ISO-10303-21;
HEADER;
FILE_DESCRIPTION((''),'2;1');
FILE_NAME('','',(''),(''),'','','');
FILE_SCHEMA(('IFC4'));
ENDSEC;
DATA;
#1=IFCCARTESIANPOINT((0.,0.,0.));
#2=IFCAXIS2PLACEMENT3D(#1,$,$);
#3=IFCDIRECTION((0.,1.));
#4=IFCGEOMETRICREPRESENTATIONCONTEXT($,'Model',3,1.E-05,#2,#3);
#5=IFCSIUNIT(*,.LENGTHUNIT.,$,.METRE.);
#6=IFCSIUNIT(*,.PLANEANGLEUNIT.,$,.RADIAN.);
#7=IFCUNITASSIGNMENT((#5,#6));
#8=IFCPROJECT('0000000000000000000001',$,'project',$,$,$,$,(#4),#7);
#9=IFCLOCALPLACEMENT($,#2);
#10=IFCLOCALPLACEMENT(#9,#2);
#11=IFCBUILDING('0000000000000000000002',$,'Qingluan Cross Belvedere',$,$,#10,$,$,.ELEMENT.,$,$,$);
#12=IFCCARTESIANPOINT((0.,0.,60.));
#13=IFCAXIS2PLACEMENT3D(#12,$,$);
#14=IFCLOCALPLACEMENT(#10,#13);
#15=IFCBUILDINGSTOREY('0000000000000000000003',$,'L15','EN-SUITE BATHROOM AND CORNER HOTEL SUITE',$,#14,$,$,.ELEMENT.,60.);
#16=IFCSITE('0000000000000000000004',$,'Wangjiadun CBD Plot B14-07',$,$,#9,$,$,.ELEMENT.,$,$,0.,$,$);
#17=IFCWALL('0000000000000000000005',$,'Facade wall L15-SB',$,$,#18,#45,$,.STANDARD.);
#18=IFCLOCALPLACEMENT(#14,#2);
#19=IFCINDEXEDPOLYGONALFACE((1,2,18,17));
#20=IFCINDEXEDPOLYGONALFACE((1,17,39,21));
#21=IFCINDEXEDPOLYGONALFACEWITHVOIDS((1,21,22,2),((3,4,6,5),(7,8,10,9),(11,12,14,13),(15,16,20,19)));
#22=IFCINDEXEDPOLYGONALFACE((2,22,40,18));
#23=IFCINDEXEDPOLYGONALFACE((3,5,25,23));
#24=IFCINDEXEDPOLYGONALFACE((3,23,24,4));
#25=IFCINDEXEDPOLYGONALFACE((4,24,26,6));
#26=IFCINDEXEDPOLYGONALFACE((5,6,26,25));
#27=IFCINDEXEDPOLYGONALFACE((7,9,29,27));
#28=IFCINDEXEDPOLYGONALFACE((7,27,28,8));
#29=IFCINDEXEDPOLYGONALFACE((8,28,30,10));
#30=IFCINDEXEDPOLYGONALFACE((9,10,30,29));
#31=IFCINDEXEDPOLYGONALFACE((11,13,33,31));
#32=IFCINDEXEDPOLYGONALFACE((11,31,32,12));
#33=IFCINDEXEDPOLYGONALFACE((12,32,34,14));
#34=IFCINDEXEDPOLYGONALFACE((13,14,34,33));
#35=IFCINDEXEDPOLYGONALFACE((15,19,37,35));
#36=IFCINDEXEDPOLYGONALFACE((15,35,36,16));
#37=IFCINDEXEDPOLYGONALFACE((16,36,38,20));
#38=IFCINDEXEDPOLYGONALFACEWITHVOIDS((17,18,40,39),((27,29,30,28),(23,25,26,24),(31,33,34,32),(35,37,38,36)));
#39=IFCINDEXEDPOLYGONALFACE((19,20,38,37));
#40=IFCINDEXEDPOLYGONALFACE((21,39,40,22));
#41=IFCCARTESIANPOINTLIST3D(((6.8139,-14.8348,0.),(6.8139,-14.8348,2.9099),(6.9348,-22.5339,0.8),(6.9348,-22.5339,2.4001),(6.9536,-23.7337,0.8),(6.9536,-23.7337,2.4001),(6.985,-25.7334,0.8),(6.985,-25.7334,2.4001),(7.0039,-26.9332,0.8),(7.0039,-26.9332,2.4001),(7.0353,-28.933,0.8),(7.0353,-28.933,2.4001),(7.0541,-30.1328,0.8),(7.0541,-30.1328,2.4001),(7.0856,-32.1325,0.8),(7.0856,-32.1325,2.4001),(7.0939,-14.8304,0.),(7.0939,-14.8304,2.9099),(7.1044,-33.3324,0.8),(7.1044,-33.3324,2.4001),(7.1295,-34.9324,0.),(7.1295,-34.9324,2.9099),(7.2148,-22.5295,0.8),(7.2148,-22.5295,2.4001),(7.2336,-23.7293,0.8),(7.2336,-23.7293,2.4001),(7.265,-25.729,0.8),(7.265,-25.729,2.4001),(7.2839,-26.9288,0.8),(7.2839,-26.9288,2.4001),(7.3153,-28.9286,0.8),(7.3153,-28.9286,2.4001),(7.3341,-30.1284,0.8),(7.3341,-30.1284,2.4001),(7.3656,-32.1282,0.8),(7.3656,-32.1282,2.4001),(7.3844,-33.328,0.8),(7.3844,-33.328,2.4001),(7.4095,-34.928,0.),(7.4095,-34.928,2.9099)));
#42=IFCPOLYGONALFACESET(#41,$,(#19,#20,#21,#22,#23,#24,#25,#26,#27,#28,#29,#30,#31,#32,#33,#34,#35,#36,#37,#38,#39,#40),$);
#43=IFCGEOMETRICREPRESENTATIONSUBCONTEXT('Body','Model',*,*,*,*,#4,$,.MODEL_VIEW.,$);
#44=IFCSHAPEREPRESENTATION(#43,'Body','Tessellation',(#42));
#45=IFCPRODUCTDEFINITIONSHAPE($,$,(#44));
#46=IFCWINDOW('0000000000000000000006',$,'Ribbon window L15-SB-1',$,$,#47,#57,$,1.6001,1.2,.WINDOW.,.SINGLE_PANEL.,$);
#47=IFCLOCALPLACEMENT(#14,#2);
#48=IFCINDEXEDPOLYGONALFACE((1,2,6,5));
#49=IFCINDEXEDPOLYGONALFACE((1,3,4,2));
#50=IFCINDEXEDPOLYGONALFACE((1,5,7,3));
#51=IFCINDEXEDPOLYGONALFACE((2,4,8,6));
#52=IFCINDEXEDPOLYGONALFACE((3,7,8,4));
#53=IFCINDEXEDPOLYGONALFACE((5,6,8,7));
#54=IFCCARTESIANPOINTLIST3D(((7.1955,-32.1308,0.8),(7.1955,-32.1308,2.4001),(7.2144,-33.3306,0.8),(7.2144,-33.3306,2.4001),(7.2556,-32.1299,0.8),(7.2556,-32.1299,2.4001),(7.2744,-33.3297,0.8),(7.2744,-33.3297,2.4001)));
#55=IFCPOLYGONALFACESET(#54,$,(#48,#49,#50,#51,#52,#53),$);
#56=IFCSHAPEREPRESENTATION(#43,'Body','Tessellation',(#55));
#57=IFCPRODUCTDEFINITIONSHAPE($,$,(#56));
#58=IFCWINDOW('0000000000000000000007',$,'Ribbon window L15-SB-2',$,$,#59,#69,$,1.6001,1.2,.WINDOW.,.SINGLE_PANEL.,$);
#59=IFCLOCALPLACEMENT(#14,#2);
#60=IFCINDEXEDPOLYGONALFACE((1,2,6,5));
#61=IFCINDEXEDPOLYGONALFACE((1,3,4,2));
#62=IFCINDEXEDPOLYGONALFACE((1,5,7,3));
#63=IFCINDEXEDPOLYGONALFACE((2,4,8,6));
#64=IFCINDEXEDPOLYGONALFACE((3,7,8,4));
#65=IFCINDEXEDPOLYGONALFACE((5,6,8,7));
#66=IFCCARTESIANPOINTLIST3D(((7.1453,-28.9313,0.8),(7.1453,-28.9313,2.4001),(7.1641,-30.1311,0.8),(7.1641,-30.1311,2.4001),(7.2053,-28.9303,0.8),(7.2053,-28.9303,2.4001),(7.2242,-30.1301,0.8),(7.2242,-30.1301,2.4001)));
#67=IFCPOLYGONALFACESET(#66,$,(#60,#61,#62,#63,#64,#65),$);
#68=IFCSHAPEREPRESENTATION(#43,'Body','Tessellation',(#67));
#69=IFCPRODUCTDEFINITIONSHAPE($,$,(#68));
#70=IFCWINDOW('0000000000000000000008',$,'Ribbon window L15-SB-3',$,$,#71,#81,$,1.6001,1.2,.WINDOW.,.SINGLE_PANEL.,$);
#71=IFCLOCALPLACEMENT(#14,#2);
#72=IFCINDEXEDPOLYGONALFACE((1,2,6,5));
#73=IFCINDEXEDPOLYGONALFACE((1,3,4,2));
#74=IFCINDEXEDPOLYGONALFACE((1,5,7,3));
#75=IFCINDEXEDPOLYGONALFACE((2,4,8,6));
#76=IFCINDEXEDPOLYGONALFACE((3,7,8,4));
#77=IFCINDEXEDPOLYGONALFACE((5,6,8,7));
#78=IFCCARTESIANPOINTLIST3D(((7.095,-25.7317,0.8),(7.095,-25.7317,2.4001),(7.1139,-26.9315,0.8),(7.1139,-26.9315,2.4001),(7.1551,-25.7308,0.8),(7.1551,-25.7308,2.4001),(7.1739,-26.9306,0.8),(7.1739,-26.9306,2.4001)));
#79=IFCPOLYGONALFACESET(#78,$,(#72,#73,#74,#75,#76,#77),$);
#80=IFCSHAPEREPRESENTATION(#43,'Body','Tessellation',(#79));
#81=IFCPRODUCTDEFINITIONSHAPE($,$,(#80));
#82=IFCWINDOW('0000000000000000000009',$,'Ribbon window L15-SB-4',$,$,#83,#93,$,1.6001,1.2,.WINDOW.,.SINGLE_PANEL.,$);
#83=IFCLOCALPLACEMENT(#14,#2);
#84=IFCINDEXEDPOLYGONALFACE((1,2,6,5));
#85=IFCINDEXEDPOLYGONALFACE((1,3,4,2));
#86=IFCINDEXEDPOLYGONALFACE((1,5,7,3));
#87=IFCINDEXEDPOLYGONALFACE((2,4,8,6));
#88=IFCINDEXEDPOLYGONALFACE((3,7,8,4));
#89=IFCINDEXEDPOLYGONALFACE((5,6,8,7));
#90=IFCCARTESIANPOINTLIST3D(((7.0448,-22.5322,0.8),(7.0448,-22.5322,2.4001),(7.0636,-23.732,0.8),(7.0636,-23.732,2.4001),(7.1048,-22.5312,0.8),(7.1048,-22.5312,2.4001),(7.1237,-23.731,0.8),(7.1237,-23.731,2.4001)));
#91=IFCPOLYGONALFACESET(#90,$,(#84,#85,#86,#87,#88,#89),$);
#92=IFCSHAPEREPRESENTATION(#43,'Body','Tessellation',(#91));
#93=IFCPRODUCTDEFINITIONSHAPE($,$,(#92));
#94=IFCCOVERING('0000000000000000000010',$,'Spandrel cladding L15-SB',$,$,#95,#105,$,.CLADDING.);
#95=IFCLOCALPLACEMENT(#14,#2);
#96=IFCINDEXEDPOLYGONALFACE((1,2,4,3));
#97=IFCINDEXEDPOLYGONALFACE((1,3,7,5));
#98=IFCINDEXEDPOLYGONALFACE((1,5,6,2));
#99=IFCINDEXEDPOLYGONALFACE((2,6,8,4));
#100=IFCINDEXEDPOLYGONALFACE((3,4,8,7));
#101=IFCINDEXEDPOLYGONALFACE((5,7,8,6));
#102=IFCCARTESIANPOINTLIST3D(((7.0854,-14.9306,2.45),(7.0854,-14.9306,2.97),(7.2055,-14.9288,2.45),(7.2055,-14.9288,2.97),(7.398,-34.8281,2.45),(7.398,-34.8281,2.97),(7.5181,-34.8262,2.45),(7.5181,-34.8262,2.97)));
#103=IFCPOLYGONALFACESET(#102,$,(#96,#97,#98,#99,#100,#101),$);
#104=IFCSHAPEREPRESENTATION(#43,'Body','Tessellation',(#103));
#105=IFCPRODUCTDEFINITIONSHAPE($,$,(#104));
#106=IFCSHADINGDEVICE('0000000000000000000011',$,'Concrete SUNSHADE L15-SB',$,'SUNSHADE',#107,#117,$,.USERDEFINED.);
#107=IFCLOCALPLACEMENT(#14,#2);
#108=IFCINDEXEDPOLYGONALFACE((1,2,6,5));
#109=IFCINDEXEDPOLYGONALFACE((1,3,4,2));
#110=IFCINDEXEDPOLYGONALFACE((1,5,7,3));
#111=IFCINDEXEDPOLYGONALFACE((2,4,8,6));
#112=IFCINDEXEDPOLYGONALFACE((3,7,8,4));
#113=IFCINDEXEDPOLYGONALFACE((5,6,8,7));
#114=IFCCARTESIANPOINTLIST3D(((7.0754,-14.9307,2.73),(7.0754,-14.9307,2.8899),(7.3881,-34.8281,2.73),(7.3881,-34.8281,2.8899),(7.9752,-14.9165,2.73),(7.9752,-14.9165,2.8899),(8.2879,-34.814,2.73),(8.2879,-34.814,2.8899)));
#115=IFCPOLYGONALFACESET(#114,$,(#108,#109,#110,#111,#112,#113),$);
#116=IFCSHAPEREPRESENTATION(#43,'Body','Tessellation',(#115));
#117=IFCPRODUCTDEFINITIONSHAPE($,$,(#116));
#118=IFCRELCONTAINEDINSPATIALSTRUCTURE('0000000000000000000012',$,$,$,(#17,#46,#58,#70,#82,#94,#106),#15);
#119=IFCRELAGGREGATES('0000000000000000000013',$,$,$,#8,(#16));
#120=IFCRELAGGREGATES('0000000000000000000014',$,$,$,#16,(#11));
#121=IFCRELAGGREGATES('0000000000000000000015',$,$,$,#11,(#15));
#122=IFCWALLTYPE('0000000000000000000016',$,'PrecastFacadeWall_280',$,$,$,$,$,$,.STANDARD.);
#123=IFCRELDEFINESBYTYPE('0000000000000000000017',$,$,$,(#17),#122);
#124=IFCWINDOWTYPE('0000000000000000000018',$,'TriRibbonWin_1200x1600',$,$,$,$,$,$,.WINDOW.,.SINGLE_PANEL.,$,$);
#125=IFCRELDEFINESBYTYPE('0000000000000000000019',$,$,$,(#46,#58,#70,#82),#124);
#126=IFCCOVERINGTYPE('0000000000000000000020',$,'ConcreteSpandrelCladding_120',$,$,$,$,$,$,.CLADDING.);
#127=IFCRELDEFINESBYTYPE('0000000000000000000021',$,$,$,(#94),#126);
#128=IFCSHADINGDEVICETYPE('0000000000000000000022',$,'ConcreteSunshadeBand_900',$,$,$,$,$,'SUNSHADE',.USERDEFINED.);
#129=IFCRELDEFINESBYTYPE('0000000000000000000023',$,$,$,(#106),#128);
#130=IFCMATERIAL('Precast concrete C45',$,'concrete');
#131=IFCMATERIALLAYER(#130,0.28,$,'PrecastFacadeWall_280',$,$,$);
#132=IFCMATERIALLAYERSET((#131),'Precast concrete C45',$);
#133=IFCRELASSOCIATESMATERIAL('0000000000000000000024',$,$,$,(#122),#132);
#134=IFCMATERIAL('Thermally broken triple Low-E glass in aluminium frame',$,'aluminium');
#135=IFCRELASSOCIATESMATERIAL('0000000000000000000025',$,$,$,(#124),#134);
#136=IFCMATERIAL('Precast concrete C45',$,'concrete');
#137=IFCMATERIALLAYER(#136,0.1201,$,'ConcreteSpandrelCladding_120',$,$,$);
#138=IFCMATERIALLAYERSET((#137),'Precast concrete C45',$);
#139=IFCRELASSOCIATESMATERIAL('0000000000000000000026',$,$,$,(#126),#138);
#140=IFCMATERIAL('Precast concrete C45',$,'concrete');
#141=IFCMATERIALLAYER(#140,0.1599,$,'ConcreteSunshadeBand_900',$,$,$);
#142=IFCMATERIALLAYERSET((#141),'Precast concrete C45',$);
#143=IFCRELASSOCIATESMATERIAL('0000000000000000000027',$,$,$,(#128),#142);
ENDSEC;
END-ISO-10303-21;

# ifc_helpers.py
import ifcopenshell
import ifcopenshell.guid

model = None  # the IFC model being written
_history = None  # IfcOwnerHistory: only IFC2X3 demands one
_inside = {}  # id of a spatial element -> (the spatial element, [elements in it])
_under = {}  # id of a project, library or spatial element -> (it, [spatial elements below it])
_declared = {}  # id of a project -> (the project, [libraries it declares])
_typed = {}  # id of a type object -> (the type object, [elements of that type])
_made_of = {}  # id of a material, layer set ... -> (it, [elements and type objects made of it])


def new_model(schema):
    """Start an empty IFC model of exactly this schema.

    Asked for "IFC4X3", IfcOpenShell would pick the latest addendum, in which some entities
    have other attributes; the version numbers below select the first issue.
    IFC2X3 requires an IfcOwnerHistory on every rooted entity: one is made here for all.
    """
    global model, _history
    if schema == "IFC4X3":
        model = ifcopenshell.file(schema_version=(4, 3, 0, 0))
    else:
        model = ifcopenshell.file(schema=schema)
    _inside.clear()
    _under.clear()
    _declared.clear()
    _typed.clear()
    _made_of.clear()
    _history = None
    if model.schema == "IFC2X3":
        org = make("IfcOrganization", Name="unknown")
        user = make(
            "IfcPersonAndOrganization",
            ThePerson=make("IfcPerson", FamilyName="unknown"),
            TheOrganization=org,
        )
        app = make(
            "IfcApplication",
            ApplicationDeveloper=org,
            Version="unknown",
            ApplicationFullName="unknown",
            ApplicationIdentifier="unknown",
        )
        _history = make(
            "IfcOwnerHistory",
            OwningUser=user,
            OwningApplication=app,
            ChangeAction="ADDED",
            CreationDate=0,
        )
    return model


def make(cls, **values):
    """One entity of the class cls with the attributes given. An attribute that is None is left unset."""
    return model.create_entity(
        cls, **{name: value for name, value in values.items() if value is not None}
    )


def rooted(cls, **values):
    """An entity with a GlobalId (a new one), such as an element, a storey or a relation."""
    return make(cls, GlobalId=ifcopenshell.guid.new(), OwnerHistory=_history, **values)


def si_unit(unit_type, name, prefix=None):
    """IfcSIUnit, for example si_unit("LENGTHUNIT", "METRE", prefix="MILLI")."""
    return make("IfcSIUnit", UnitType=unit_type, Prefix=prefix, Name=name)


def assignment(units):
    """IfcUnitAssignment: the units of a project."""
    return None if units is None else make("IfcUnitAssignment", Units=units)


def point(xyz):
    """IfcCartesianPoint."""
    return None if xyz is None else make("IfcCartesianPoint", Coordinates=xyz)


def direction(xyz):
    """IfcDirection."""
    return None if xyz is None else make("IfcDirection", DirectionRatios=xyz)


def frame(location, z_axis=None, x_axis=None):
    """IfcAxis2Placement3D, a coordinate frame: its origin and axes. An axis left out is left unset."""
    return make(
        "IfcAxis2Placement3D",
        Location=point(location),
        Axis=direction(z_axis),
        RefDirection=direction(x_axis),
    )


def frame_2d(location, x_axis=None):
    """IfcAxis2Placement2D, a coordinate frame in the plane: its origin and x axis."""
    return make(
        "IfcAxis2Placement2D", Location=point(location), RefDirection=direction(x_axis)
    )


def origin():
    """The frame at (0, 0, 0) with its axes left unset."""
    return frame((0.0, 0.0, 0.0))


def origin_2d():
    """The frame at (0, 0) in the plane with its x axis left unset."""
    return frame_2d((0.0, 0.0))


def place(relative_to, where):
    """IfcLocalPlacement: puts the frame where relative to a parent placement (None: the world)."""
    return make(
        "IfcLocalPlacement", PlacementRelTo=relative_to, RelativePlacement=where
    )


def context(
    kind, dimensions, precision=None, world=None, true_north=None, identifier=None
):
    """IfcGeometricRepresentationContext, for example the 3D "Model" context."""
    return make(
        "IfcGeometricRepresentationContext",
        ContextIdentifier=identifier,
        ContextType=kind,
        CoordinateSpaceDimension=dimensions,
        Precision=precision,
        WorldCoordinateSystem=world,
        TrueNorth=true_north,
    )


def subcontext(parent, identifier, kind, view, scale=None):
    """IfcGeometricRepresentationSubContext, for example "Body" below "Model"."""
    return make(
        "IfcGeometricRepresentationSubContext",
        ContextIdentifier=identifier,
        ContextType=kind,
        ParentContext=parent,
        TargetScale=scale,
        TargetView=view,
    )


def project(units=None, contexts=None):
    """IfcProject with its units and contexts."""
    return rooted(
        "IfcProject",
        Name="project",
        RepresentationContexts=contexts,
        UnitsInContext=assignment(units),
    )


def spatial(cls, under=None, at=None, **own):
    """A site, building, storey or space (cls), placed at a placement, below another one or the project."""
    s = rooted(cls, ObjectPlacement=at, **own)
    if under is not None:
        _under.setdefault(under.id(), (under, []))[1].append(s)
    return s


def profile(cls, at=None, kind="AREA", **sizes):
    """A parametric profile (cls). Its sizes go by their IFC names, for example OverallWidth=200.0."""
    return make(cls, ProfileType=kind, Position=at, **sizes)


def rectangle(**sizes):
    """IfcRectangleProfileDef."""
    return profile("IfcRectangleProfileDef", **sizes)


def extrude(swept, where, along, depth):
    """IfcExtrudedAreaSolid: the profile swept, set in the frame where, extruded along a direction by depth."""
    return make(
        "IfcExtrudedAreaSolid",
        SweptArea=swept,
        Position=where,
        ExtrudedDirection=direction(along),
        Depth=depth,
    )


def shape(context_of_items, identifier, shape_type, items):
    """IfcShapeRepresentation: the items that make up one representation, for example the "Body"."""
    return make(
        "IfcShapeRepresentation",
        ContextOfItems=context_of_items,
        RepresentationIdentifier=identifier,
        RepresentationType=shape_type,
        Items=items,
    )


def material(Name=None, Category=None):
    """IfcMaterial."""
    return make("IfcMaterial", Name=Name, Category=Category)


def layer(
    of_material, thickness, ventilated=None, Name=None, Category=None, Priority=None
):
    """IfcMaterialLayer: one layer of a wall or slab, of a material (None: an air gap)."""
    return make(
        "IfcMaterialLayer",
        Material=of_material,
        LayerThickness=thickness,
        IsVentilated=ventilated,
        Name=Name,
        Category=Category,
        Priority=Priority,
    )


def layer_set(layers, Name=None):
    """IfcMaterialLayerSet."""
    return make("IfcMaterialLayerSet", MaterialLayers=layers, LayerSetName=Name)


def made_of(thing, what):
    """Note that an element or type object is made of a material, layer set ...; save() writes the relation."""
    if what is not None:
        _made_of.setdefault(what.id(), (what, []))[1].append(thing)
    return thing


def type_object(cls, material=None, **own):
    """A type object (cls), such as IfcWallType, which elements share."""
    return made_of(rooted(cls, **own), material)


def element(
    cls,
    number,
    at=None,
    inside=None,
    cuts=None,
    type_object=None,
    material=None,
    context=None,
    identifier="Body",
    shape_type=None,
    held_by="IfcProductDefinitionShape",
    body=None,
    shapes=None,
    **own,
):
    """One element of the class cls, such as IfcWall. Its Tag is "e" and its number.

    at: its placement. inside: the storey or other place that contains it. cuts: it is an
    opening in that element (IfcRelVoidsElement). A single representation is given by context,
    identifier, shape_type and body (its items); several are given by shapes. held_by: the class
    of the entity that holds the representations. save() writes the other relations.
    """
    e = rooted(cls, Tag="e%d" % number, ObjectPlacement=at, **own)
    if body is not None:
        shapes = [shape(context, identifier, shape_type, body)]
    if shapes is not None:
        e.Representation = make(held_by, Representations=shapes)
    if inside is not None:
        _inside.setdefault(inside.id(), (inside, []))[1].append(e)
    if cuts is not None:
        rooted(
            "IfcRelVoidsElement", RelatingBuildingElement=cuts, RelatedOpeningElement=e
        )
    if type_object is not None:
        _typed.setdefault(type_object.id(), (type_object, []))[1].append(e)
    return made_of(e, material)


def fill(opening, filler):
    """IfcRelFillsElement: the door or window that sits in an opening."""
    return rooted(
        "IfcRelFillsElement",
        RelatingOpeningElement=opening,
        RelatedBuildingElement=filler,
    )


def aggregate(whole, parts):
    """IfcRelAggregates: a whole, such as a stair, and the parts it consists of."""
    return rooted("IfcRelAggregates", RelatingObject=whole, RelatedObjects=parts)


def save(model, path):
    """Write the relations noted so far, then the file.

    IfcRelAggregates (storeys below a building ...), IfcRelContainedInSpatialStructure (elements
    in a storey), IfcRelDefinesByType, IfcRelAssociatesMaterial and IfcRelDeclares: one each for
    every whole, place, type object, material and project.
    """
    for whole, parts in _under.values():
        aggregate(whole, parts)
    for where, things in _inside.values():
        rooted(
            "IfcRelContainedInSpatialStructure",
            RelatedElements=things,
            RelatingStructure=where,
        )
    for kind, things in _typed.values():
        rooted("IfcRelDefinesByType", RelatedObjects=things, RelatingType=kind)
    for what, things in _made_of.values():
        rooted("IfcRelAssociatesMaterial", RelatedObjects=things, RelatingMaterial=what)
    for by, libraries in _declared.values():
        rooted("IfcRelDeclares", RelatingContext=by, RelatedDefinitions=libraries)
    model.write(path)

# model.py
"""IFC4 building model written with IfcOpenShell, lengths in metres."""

from ifc_helpers import new_model, si_unit, direction, frame, frame_2d, origin, origin_2d, place, context, subcontext, project, spatial, rectangle, extrude, material, layer, layer_set, type_object, element, fill, save


model = new_model("IFC4")

# Units and contexts
model_context = context("Model", 3, precision=1e-05, world=origin(), true_north=direction((0.0, 1.0)))
body_context = subcontext(model_context, "Body", "Model", "MODEL_VIEW")
ifc_project = project(units=[si_unit("LENGTHUNIT", "METRE"), si_unit("PLANEANGLEUNIT", "RADIAN")], contexts=[model_context])

# Site, building, storey
site_placement = place(None, origin())
site = spatial("IfcSite", under=ifc_project, at=site_placement, Name="Wangjiadun CBD Plot B14-07", CompositionType="ELEMENT", RefElevation=0.0)
building_placement = place(site_placement, origin())
building = spatial("IfcBuilding", under=site, at=building_placement, Name="Qingluan Cross Belvedere", CompositionType="ELEMENT")
storey_placement = place(building_placement, frame((0.0, 0.0, 60.0)))
storey = spatial("IfcBuildingStorey", under=building, at=storey_placement, Name="L15", Description="EN-SUITE BATHROOM AND CORNER HOTEL SUITE", CompositionType="ELEMENT", Elevation=60.0)

# Wall, openings, windows
ifc_material_1 = material(Name="Precast concrete C45", Category="concrete")
ifc_layer_1 = layer(ifc_material_1, 0.28, Name="PrecastFacadeWall_280")
ifc_layer_set_1 = layer_set([ifc_layer_1], Name="Precast concrete C45")
wall_type_1 = type_object("IfcWallType", Name="PrecastFacadeWall_280", PredefinedType="STANDARD", material=ifc_layer_set_1)
wall_1_placement = place(storey_placement, frame((7.2695, -34.9302, 0.0), z_axis=(0.0, 0.0, 1.0), x_axis=(-0.015705, 0.999877, 0.0)))
wall_1 = element("IfcWall", 1, at=wall_1_placement, inside=storey, type_object=wall_type_1, Name="Facade wall L15-SB", PredefinedType="STANDARD", context=body_context, shape_type="SweptSolid", body=[
    extrude(rectangle(XDim=20.1001, YDim=0.28, at=frame_2d((10.05, 0.0))), origin(), (0.0, 0.0, 1.0), 2.9099),
])
opening_1_placement = place(wall_1_placement, frame((1.6001, 0.0, 0.8)))
opening_1 = element("IfcOpeningElement", 2, at=opening_1_placement, cuts=wall_1, PredefinedType="OPENING", context=body_context, shape_type="SweptSolid", body=[
    extrude(rectangle(XDim=1.2, YDim=1.6001, at=frame_2d((0.6001, 0.8))), frame((0.0, 0.1499, 0.0), z_axis=(0.0, -1.0, 0.0), x_axis=(1.0, 0.0, 0.0)), (0.0, 0.0, 1.0), 0.3),
])
opening_2_placement = place(wall_1_placement, frame((4.8, 0.0, 0.8)))
opening_2 = element("IfcOpeningElement", 3, at=opening_2_placement, cuts=wall_1, PredefinedType="OPENING", context=body_context, shape_type="SweptSolid", body=[
    extrude(rectangle(XDim=1.2, YDim=1.6001, at=frame_2d((0.6001, 0.8))), frame((0.0, 0.1499, 0.0), z_axis=(0.0, -1.0, 0.0), x_axis=(1.0, 0.0, 0.0)), (0.0, 0.0, 1.0), 0.3),
])
opening_3_placement = place(wall_1_placement, frame((8.0, 0.0, 0.8)))
opening_3 = element("IfcOpeningElement", 4, at=opening_3_placement, cuts=wall_1, PredefinedType="OPENING", context=body_context, shape_type="SweptSolid", body=[
    extrude(rectangle(XDim=1.2, YDim=1.6001, at=frame_2d((0.6001, 0.8))), frame((0.0, 0.1499, 0.0), z_axis=(0.0, -1.0, 0.0), x_axis=(1.0, 0.0, 0.0)), (0.0, 0.0, 1.0), 0.3),
])
opening_4_placement = place(wall_1_placement, frame((11.2, 0.0, 0.8)))
opening_4 = element("IfcOpeningElement", 5, at=opening_4_placement, cuts=wall_1, PredefinedType="OPENING", context=body_context, shape_type="SweptSolid", body=[
    extrude(rectangle(XDim=1.2, YDim=1.6001, at=frame_2d((0.6001, 0.8))), frame((0.0, 0.1499, 0.0), z_axis=(0.0, -1.0, 0.0), x_axis=(1.0, 0.0, 0.0)), (0.0, 0.0, 1.0), 0.3),
])
ifc_material_2 = material(Name="Thermally broken triple Low-E glass in aluminium frame", Category="aluminium")
window_type = type_object("IfcWindowType", Name="TriRibbonWin_1200x1600", PartitioningType="SINGLE_PANEL", PredefinedType="WINDOW", material=ifc_material_2)
window_1_placement = place(opening_1_placement, origin())
window_1 = element("IfcWindow", 6, at=window_1_placement, inside=storey, type_object=window_type, Name="Ribbon window L15-SB-1", OverallHeight=1.6001, OverallWidth=1.2, PartitioningType="SINGLE_PANEL", PredefinedType="WINDOW", context=body_context, shape_type="SweptSolid", body=[
    extrude(rectangle(XDim=1.2, YDim=1.6001, at=frame_2d((0.6001, 0.8))), frame((0.0, 0.03, 0.0), z_axis=(0.0, -1.0, 0.0), x_axis=(1.0, 0.0, 0.0)), (0.0, 0.0, 1.0), 0.0601),
])
fill(opening_1, window_1)
window_2_placement = place(opening_2_placement, origin())
window_2 = element("IfcWindow", 7, at=window_2_placement, inside=storey, type_object=window_type, Name="Ribbon window L15-SB-2", OverallHeight=1.6001, OverallWidth=1.2, PartitioningType="SINGLE_PANEL", PredefinedType="WINDOW", context=body_context, shape_type="SweptSolid", body=[
    extrude(rectangle(XDim=1.2, YDim=1.6001, at=frame_2d((0.6001, 0.8))), frame((0.0, 0.03, 0.0), z_axis=(0.0, -1.0, 0.0), x_axis=(1.0, 0.0, 0.0)), (0.0, 0.0, 1.0), 0.0601),
])
fill(opening_2, window_2)
window_3_placement = place(opening_3_placement, origin())
window_3 = element("IfcWindow", 8, at=window_3_placement, inside=storey, type_object=window_type, Name="Ribbon window L15-SB-3", OverallHeight=1.6001, OverallWidth=1.2, PartitioningType="SINGLE_PANEL", PredefinedType="WINDOW", context=body_context, shape_type="SweptSolid", body=[
    extrude(rectangle(XDim=1.2, YDim=1.6001, at=frame_2d((0.6001, 0.8))), frame((0.0, 0.03, 0.0), z_axis=(0.0, -1.0, 0.0), x_axis=(1.0, 0.0, 0.0)), (0.0, 0.0, 1.0), 0.0601),
])
fill(opening_3, window_3)
window_4_placement = place(opening_4_placement, origin())
window_4 = element("IfcWindow", 9, at=window_4_placement, inside=storey, type_object=window_type, Name="Ribbon window L15-SB-4", OverallHeight=1.6001, OverallWidth=1.2, PartitioningType="SINGLE_PANEL", PredefinedType="WINDOW", context=body_context, shape_type="SweptSolid", body=[
    extrude(rectangle(XDim=1.2, YDim=1.6001, at=frame_2d((0.6001, 0.8))), frame((0.0, 0.03, 0.0), z_axis=(0.0, -1.0, 0.0), x_axis=(1.0, 0.0, 0.0)), (0.0, 0.0, 1.0), 0.0601),
])
fill(opening_4, window_4)

# Covering
ifc_material_3 = material(Name="Precast concrete C45", Category="concrete")
ifc_layer_2 = layer(ifc_material_3, 0.1201, Name="ConcreteSpandrelCladding_120")
ifc_layer_set_2 = layer_set([ifc_layer_2], Name="Precast concrete C45")
covering_type = type_object("IfcCoveringType", Name="ConcreteSpandrelCladding_120", PredefinedType="CLADDING", material=ifc_layer_set_2)
covering_placement = place(storey_placement, frame((7.3018, -24.8784, 2.45), z_axis=(0.0, 0.0, 1.0), x_axis=(-0.015711, 0.999877, 0.0)))
element("IfcCovering", 10, at=covering_placement, inside=storey, type_object=covering_type, Name="Spandrel cladding L15-SB", PredefinedType="CLADDING", context=body_context, shape_type="SweptSolid", body=[
    extrude(rectangle(XDim=19.8999, YDim=0.1201, at=origin_2d()), origin(), (0.0, 0.0, 1.0), 0.52),
])

# Shading device
ifc_material_4 = material(Name="Precast concrete C45", Category="concrete")
ifc_layer_3 = layer(ifc_material_4, 0.1599, Name="ConcreteSunshadeBand_900")
ifc_layer_set_3 = layer_set([ifc_layer_3], Name="Precast concrete C45")
shading_device_type = type_object("IfcShadingDeviceType", Name="ConcreteSunshadeBand_900", ElementType="SUNSHADE", PredefinedType="USERDEFINED", material=ifc_layer_set_3)
shading_device_placement = place(storey_placement, frame((7.6816, -24.8723, 2.73), z_axis=(0.0, 0.0, 1.0), x_axis=(-0.015711, 0.999877, 0.0)))
element("IfcShadingDevice", 11, at=shading_device_placement, inside=storey, type_object=shading_device_type, Name="Concrete SUNSHADE L15-SB", ObjectType="SUNSHADE", PredefinedType="USERDEFINED", context=body_context, shape_type="SweptSolid", body=[
    extrude(rectangle(XDim=19.8999, YDim=0.8999, at=origin_2d()), origin(), (0.0, 0.0, 1.0), 0.1599),
])

save(model, "model.ifc")
